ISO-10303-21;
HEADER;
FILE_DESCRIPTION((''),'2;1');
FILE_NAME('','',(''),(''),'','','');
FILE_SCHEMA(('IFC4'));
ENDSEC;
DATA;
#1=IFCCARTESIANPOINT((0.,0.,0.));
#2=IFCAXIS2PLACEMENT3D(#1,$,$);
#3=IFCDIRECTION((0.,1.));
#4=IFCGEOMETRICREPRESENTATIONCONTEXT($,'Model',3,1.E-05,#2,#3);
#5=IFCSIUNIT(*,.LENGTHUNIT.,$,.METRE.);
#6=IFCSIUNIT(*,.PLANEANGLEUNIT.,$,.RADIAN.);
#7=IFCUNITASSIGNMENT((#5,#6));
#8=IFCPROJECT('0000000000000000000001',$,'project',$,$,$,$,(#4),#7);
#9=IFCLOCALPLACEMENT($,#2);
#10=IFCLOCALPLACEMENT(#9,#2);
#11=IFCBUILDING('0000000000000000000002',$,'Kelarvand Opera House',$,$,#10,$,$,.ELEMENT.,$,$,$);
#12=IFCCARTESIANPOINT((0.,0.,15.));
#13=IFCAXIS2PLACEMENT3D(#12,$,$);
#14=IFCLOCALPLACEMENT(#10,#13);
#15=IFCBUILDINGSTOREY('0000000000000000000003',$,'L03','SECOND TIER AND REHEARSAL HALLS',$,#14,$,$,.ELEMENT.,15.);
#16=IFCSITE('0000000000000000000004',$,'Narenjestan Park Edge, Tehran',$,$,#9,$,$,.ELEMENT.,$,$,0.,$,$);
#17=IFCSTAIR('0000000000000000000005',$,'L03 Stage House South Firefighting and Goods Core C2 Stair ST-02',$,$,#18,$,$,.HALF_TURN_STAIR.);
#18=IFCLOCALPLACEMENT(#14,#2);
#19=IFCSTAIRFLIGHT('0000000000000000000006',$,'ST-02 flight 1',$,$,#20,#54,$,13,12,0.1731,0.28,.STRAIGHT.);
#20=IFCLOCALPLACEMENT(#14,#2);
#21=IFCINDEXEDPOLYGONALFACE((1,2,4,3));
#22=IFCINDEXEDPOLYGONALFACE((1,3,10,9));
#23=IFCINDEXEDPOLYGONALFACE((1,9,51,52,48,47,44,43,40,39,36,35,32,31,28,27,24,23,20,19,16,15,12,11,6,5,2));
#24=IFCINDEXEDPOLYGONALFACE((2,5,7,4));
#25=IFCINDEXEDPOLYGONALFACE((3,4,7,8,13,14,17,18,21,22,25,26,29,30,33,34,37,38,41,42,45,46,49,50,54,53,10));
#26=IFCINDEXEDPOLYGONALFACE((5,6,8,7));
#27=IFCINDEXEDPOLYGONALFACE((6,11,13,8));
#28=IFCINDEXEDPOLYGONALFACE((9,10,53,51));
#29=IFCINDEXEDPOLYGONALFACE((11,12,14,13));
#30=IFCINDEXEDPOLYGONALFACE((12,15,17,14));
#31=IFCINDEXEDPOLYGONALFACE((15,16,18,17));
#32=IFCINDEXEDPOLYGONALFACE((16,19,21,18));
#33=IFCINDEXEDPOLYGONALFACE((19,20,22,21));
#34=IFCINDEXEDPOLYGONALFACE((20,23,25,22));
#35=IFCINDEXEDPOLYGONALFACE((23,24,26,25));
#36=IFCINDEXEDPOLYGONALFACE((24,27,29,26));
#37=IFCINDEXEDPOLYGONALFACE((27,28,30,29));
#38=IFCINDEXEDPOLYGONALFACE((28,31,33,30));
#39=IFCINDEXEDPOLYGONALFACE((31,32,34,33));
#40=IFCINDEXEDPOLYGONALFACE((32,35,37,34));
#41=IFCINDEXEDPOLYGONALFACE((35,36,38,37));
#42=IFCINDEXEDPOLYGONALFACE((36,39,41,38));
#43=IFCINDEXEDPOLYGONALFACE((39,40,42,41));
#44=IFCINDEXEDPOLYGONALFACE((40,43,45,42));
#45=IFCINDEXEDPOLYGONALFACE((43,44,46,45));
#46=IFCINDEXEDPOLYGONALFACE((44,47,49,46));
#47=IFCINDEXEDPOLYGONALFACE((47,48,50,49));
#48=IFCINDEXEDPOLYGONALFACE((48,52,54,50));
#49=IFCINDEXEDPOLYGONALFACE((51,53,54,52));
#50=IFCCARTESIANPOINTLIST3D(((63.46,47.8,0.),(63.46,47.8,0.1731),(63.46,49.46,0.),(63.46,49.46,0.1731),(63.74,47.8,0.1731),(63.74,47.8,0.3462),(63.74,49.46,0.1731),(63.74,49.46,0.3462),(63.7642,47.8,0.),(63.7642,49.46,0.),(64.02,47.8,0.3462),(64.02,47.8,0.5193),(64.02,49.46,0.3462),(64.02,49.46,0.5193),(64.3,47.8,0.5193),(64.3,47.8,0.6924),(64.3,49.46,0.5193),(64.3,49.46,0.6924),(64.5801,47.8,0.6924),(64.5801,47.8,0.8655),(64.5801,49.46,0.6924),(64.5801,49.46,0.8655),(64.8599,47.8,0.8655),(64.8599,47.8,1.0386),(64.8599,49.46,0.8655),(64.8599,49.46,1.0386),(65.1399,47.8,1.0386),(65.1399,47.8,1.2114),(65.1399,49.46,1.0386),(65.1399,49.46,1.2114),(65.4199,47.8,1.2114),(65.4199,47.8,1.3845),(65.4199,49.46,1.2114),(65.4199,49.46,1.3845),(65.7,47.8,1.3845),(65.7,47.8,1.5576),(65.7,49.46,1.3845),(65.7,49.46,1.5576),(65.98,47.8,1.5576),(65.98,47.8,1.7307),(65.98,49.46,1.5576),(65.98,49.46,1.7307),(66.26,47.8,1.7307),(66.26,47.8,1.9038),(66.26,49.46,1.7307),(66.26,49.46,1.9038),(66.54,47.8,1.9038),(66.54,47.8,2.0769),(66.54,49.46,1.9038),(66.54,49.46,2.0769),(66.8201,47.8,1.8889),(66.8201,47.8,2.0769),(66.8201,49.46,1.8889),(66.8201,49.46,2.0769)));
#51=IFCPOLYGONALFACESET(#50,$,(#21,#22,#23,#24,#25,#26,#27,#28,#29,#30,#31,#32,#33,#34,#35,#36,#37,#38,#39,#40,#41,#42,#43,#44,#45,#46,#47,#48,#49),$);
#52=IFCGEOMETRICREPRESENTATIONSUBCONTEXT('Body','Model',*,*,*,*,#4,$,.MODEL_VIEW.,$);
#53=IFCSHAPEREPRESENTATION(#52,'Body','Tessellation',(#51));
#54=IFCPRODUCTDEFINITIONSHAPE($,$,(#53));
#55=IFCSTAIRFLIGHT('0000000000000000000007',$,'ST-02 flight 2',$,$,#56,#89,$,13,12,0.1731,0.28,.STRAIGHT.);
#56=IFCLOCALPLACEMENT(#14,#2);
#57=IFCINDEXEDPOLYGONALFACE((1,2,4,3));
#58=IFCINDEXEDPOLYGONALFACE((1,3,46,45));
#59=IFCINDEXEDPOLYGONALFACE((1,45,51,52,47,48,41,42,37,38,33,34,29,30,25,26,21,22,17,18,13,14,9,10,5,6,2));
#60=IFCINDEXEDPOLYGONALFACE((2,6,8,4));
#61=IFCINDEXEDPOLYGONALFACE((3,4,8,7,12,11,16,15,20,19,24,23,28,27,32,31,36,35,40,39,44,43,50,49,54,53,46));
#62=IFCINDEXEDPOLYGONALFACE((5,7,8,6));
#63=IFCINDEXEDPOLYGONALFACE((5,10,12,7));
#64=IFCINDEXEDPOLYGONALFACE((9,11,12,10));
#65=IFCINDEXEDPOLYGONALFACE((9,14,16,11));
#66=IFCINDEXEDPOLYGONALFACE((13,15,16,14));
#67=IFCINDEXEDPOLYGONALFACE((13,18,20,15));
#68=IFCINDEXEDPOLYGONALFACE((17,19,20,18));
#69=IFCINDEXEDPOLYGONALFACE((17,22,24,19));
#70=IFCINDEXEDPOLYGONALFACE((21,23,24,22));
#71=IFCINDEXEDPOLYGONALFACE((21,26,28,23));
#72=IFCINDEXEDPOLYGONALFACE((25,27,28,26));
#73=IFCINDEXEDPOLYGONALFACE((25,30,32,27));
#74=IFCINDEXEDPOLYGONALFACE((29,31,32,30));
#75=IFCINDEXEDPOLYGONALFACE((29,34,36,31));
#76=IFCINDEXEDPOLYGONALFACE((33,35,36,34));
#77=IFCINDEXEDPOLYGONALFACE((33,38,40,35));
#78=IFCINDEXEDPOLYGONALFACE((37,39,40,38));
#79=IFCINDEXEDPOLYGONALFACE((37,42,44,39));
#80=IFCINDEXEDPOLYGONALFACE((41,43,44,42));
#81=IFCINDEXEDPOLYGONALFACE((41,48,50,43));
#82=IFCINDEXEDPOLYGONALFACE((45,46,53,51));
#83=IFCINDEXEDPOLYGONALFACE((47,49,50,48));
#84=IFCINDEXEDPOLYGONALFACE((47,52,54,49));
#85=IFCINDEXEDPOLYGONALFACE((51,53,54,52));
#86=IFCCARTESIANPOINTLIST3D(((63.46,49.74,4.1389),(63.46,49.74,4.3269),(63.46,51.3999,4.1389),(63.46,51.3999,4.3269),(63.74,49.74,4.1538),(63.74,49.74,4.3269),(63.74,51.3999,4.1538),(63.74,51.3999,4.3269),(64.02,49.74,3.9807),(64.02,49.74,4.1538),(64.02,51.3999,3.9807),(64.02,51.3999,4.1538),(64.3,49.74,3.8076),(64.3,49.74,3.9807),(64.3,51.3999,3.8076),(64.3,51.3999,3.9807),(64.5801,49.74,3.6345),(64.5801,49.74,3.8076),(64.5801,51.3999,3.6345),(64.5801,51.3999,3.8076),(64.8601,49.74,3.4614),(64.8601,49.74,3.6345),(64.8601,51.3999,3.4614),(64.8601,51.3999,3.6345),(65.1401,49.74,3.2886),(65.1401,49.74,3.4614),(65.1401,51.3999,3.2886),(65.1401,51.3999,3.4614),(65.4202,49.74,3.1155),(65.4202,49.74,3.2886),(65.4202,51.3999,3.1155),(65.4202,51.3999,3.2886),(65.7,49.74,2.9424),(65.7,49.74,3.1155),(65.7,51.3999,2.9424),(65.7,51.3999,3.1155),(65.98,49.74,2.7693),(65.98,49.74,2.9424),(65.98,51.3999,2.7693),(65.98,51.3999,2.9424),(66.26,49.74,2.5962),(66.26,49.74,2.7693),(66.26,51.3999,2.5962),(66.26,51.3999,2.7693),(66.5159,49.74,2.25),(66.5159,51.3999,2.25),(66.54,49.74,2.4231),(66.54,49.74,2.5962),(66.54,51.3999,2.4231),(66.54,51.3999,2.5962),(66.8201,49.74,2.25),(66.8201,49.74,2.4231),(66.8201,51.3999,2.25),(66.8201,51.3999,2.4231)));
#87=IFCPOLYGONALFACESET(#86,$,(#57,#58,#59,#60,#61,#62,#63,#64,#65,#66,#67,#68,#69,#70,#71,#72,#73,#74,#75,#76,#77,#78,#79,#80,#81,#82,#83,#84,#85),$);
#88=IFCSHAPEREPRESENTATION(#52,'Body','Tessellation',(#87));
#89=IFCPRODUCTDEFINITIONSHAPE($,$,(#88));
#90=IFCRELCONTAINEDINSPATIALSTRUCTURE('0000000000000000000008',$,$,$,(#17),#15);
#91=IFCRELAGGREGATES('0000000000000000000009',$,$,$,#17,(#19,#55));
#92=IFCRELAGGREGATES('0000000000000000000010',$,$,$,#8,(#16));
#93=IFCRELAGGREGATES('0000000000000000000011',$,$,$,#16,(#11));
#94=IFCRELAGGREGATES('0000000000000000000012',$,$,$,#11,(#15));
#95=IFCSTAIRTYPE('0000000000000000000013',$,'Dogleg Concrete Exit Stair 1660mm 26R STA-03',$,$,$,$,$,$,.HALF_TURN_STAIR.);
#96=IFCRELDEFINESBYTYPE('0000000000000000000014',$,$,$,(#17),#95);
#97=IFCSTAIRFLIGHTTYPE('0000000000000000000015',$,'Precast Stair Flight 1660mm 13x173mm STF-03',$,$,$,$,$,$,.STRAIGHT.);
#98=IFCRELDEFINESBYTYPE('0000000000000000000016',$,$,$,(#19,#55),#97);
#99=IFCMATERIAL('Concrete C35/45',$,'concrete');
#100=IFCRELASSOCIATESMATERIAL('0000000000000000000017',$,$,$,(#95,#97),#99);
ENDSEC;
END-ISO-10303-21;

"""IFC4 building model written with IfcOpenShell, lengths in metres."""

from ifc_helpers import new_model, si_unit, direction, frame, origin, place, context, subcontext, project, spatial, polyline, outline, extrude, material, type_object, element, aggregate, save


model = new_model("IFC4")

# Units and contexts
model_context = context("Model", 3, precision=1e-05, world=origin(), true_north=direction((0.0, 1.0)))
body_context = subcontext(model_context, "Body", "Model", "MODEL_VIEW")
ifc_project = project(units=[si_unit("LENGTHUNIT", "METRE"), si_unit("PLANEANGLEUNIT", "RADIAN")], contexts=[model_context])

# Site, building, storey
site_placement = place(None, origin())
site = spatial("IfcSite", under=ifc_project, at=site_placement, Name="Narenjestan Park Edge, Tehran", CompositionType="ELEMENT", RefElevation=0.0)
building_placement = place(site_placement, origin())
building = spatial("IfcBuilding", under=site, at=building_placement, Name="Kelarvand Opera House", CompositionType="ELEMENT")
storey_placement = place(building_placement, frame((0.0, 0.0, 15.0)))
storey = spatial("IfcBuildingStorey", under=building, at=storey_placement, Name="L03", Description="SECOND TIER AND REHEARSAL HALLS", CompositionType="ELEMENT", Elevation=15.0)

# Shared definitions
ifc_material_1 = material(Name="Concrete C35/45", Category="concrete")

# Stair, stair flights
stair_type = type_object("IfcStairType", Name="Dogleg Concrete Exit Stair 1660mm 26R STA-03", PredefinedType="HALF_TURN_STAIR", material=ifc_material_1)
stair_placement = place(storey_placement, origin())
stair = element("IfcStair", 1, at=stair_placement, inside=storey, type_object=stair_type, Name="L03 Stage House South Firefighting and Goods Core C2 Stair ST-02", PredefinedType="HALF_TURN_STAIR")
stair_flight_type = type_object("IfcStairFlightType", Name="Precast Stair Flight 1660mm 13x173mm STF-03", PredefinedType="STRAIGHT", material=ifc_material_1)
stair_flight_1_placement = place(storey_placement, frame((63.46, 48.6299, 0.0), z_axis=(0.0, 0.0, 1.0), x_axis=(1.0, 0.0, 0.0)))
stair_flight_1 = element("IfcStairFlight", 2, at=stair_flight_1_placement, type_object=stair_flight_type, Name="ST-02 flight 1", NumberOfRisers=13, NumberOfTreads=12, PredefinedType="STRAIGHT", RiserHeight=0.1731, TreadLength=0.28, context=body_context, shape_type="SweptSolid", body=[
    extrude(outline(polyline([(0.0, 0.0), (0.0, 0.1731), (0.28, 0.1731), (0.28, 0.3462), (0.5601, 0.3462), (0.5601, 0.5193), (0.8401, 0.5193), (0.8401, 0.6924), (1.1201, 0.6924), (1.1201, 0.8655), (1.3999, 0.8655), (1.3999, 1.0386), (1.6799, 1.0386), (1.6799, 1.2114), (1.96, 1.2114), (1.96, 1.3845), (2.24, 1.3845), (2.24, 1.5576), (2.52, 1.5576), (2.52, 1.7307), (2.8, 1.7307), (2.8, 1.9038), (3.0801, 1.9038), (3.0801, 2.0769), (3.3601, 2.0769), (3.3601, 2.25), (3.3601, 1.8889), (0.3042, 0.0), (0.0, 0.0)])), frame((0.0, 0.8301, 0.0), z_axis=(0.0, -1.0, 0.0), x_axis=(1.0, 0.0, 0.0)), (0.0, 0.0, 1.0), 1.6599),
])
stair_flight_2_placement = place(storey_placement, frame((66.8201, 50.5701, 2.25), z_axis=(0.0, 0.0, 1.0), x_axis=(-1.0, 0.0, 0.0)))
stair_flight_2 = element("IfcStairFlight", 3, at=stair_flight_2_placement, type_object=stair_flight_type, Name="ST-02 flight 2", NumberOfRisers=13, NumberOfTreads=12, PredefinedType="STRAIGHT", RiserHeight=0.1731, TreadLength=0.28, context=body_context, shape_type="SweptSolid", body=[
    extrude(outline(polyline([(0.0, 0.0), (0.0, 0.1731), (0.28, 0.1731), (0.28, 0.3462), (0.5601, 0.3462), (0.5601, 0.5193), (0.8401, 0.5193), (0.8401, 0.6924), (1.1201, 0.6924), (1.1201, 0.8655), (1.3999, 0.8655), (1.3999, 1.0386), (1.6799, 1.0386), (1.6799, 1.2114), (1.96, 1.2114), (1.96, 1.3845), (2.24, 1.3845), (2.24, 1.5576), (2.52, 1.5576), (2.52, 1.7307), (2.8, 1.7307), (2.8, 1.9038), (3.0801, 1.9038), (3.0801, 2.0769), (3.3601, 2.0769), (3.3601, 2.25), (3.3601, 1.8889), (0.3042, 0.0), (0.0, 0.0)])), frame((0.0, 0.8301, 0.0), z_axis=(0.0, -1.0, 0.0), x_axis=(1.0, 0.0, 0.0)), (0.0, 0.0, 1.0), 1.6599),
])
aggregate(stair, [stair_flight_1, stair_flight_2])

save(model, "model.ifc")
